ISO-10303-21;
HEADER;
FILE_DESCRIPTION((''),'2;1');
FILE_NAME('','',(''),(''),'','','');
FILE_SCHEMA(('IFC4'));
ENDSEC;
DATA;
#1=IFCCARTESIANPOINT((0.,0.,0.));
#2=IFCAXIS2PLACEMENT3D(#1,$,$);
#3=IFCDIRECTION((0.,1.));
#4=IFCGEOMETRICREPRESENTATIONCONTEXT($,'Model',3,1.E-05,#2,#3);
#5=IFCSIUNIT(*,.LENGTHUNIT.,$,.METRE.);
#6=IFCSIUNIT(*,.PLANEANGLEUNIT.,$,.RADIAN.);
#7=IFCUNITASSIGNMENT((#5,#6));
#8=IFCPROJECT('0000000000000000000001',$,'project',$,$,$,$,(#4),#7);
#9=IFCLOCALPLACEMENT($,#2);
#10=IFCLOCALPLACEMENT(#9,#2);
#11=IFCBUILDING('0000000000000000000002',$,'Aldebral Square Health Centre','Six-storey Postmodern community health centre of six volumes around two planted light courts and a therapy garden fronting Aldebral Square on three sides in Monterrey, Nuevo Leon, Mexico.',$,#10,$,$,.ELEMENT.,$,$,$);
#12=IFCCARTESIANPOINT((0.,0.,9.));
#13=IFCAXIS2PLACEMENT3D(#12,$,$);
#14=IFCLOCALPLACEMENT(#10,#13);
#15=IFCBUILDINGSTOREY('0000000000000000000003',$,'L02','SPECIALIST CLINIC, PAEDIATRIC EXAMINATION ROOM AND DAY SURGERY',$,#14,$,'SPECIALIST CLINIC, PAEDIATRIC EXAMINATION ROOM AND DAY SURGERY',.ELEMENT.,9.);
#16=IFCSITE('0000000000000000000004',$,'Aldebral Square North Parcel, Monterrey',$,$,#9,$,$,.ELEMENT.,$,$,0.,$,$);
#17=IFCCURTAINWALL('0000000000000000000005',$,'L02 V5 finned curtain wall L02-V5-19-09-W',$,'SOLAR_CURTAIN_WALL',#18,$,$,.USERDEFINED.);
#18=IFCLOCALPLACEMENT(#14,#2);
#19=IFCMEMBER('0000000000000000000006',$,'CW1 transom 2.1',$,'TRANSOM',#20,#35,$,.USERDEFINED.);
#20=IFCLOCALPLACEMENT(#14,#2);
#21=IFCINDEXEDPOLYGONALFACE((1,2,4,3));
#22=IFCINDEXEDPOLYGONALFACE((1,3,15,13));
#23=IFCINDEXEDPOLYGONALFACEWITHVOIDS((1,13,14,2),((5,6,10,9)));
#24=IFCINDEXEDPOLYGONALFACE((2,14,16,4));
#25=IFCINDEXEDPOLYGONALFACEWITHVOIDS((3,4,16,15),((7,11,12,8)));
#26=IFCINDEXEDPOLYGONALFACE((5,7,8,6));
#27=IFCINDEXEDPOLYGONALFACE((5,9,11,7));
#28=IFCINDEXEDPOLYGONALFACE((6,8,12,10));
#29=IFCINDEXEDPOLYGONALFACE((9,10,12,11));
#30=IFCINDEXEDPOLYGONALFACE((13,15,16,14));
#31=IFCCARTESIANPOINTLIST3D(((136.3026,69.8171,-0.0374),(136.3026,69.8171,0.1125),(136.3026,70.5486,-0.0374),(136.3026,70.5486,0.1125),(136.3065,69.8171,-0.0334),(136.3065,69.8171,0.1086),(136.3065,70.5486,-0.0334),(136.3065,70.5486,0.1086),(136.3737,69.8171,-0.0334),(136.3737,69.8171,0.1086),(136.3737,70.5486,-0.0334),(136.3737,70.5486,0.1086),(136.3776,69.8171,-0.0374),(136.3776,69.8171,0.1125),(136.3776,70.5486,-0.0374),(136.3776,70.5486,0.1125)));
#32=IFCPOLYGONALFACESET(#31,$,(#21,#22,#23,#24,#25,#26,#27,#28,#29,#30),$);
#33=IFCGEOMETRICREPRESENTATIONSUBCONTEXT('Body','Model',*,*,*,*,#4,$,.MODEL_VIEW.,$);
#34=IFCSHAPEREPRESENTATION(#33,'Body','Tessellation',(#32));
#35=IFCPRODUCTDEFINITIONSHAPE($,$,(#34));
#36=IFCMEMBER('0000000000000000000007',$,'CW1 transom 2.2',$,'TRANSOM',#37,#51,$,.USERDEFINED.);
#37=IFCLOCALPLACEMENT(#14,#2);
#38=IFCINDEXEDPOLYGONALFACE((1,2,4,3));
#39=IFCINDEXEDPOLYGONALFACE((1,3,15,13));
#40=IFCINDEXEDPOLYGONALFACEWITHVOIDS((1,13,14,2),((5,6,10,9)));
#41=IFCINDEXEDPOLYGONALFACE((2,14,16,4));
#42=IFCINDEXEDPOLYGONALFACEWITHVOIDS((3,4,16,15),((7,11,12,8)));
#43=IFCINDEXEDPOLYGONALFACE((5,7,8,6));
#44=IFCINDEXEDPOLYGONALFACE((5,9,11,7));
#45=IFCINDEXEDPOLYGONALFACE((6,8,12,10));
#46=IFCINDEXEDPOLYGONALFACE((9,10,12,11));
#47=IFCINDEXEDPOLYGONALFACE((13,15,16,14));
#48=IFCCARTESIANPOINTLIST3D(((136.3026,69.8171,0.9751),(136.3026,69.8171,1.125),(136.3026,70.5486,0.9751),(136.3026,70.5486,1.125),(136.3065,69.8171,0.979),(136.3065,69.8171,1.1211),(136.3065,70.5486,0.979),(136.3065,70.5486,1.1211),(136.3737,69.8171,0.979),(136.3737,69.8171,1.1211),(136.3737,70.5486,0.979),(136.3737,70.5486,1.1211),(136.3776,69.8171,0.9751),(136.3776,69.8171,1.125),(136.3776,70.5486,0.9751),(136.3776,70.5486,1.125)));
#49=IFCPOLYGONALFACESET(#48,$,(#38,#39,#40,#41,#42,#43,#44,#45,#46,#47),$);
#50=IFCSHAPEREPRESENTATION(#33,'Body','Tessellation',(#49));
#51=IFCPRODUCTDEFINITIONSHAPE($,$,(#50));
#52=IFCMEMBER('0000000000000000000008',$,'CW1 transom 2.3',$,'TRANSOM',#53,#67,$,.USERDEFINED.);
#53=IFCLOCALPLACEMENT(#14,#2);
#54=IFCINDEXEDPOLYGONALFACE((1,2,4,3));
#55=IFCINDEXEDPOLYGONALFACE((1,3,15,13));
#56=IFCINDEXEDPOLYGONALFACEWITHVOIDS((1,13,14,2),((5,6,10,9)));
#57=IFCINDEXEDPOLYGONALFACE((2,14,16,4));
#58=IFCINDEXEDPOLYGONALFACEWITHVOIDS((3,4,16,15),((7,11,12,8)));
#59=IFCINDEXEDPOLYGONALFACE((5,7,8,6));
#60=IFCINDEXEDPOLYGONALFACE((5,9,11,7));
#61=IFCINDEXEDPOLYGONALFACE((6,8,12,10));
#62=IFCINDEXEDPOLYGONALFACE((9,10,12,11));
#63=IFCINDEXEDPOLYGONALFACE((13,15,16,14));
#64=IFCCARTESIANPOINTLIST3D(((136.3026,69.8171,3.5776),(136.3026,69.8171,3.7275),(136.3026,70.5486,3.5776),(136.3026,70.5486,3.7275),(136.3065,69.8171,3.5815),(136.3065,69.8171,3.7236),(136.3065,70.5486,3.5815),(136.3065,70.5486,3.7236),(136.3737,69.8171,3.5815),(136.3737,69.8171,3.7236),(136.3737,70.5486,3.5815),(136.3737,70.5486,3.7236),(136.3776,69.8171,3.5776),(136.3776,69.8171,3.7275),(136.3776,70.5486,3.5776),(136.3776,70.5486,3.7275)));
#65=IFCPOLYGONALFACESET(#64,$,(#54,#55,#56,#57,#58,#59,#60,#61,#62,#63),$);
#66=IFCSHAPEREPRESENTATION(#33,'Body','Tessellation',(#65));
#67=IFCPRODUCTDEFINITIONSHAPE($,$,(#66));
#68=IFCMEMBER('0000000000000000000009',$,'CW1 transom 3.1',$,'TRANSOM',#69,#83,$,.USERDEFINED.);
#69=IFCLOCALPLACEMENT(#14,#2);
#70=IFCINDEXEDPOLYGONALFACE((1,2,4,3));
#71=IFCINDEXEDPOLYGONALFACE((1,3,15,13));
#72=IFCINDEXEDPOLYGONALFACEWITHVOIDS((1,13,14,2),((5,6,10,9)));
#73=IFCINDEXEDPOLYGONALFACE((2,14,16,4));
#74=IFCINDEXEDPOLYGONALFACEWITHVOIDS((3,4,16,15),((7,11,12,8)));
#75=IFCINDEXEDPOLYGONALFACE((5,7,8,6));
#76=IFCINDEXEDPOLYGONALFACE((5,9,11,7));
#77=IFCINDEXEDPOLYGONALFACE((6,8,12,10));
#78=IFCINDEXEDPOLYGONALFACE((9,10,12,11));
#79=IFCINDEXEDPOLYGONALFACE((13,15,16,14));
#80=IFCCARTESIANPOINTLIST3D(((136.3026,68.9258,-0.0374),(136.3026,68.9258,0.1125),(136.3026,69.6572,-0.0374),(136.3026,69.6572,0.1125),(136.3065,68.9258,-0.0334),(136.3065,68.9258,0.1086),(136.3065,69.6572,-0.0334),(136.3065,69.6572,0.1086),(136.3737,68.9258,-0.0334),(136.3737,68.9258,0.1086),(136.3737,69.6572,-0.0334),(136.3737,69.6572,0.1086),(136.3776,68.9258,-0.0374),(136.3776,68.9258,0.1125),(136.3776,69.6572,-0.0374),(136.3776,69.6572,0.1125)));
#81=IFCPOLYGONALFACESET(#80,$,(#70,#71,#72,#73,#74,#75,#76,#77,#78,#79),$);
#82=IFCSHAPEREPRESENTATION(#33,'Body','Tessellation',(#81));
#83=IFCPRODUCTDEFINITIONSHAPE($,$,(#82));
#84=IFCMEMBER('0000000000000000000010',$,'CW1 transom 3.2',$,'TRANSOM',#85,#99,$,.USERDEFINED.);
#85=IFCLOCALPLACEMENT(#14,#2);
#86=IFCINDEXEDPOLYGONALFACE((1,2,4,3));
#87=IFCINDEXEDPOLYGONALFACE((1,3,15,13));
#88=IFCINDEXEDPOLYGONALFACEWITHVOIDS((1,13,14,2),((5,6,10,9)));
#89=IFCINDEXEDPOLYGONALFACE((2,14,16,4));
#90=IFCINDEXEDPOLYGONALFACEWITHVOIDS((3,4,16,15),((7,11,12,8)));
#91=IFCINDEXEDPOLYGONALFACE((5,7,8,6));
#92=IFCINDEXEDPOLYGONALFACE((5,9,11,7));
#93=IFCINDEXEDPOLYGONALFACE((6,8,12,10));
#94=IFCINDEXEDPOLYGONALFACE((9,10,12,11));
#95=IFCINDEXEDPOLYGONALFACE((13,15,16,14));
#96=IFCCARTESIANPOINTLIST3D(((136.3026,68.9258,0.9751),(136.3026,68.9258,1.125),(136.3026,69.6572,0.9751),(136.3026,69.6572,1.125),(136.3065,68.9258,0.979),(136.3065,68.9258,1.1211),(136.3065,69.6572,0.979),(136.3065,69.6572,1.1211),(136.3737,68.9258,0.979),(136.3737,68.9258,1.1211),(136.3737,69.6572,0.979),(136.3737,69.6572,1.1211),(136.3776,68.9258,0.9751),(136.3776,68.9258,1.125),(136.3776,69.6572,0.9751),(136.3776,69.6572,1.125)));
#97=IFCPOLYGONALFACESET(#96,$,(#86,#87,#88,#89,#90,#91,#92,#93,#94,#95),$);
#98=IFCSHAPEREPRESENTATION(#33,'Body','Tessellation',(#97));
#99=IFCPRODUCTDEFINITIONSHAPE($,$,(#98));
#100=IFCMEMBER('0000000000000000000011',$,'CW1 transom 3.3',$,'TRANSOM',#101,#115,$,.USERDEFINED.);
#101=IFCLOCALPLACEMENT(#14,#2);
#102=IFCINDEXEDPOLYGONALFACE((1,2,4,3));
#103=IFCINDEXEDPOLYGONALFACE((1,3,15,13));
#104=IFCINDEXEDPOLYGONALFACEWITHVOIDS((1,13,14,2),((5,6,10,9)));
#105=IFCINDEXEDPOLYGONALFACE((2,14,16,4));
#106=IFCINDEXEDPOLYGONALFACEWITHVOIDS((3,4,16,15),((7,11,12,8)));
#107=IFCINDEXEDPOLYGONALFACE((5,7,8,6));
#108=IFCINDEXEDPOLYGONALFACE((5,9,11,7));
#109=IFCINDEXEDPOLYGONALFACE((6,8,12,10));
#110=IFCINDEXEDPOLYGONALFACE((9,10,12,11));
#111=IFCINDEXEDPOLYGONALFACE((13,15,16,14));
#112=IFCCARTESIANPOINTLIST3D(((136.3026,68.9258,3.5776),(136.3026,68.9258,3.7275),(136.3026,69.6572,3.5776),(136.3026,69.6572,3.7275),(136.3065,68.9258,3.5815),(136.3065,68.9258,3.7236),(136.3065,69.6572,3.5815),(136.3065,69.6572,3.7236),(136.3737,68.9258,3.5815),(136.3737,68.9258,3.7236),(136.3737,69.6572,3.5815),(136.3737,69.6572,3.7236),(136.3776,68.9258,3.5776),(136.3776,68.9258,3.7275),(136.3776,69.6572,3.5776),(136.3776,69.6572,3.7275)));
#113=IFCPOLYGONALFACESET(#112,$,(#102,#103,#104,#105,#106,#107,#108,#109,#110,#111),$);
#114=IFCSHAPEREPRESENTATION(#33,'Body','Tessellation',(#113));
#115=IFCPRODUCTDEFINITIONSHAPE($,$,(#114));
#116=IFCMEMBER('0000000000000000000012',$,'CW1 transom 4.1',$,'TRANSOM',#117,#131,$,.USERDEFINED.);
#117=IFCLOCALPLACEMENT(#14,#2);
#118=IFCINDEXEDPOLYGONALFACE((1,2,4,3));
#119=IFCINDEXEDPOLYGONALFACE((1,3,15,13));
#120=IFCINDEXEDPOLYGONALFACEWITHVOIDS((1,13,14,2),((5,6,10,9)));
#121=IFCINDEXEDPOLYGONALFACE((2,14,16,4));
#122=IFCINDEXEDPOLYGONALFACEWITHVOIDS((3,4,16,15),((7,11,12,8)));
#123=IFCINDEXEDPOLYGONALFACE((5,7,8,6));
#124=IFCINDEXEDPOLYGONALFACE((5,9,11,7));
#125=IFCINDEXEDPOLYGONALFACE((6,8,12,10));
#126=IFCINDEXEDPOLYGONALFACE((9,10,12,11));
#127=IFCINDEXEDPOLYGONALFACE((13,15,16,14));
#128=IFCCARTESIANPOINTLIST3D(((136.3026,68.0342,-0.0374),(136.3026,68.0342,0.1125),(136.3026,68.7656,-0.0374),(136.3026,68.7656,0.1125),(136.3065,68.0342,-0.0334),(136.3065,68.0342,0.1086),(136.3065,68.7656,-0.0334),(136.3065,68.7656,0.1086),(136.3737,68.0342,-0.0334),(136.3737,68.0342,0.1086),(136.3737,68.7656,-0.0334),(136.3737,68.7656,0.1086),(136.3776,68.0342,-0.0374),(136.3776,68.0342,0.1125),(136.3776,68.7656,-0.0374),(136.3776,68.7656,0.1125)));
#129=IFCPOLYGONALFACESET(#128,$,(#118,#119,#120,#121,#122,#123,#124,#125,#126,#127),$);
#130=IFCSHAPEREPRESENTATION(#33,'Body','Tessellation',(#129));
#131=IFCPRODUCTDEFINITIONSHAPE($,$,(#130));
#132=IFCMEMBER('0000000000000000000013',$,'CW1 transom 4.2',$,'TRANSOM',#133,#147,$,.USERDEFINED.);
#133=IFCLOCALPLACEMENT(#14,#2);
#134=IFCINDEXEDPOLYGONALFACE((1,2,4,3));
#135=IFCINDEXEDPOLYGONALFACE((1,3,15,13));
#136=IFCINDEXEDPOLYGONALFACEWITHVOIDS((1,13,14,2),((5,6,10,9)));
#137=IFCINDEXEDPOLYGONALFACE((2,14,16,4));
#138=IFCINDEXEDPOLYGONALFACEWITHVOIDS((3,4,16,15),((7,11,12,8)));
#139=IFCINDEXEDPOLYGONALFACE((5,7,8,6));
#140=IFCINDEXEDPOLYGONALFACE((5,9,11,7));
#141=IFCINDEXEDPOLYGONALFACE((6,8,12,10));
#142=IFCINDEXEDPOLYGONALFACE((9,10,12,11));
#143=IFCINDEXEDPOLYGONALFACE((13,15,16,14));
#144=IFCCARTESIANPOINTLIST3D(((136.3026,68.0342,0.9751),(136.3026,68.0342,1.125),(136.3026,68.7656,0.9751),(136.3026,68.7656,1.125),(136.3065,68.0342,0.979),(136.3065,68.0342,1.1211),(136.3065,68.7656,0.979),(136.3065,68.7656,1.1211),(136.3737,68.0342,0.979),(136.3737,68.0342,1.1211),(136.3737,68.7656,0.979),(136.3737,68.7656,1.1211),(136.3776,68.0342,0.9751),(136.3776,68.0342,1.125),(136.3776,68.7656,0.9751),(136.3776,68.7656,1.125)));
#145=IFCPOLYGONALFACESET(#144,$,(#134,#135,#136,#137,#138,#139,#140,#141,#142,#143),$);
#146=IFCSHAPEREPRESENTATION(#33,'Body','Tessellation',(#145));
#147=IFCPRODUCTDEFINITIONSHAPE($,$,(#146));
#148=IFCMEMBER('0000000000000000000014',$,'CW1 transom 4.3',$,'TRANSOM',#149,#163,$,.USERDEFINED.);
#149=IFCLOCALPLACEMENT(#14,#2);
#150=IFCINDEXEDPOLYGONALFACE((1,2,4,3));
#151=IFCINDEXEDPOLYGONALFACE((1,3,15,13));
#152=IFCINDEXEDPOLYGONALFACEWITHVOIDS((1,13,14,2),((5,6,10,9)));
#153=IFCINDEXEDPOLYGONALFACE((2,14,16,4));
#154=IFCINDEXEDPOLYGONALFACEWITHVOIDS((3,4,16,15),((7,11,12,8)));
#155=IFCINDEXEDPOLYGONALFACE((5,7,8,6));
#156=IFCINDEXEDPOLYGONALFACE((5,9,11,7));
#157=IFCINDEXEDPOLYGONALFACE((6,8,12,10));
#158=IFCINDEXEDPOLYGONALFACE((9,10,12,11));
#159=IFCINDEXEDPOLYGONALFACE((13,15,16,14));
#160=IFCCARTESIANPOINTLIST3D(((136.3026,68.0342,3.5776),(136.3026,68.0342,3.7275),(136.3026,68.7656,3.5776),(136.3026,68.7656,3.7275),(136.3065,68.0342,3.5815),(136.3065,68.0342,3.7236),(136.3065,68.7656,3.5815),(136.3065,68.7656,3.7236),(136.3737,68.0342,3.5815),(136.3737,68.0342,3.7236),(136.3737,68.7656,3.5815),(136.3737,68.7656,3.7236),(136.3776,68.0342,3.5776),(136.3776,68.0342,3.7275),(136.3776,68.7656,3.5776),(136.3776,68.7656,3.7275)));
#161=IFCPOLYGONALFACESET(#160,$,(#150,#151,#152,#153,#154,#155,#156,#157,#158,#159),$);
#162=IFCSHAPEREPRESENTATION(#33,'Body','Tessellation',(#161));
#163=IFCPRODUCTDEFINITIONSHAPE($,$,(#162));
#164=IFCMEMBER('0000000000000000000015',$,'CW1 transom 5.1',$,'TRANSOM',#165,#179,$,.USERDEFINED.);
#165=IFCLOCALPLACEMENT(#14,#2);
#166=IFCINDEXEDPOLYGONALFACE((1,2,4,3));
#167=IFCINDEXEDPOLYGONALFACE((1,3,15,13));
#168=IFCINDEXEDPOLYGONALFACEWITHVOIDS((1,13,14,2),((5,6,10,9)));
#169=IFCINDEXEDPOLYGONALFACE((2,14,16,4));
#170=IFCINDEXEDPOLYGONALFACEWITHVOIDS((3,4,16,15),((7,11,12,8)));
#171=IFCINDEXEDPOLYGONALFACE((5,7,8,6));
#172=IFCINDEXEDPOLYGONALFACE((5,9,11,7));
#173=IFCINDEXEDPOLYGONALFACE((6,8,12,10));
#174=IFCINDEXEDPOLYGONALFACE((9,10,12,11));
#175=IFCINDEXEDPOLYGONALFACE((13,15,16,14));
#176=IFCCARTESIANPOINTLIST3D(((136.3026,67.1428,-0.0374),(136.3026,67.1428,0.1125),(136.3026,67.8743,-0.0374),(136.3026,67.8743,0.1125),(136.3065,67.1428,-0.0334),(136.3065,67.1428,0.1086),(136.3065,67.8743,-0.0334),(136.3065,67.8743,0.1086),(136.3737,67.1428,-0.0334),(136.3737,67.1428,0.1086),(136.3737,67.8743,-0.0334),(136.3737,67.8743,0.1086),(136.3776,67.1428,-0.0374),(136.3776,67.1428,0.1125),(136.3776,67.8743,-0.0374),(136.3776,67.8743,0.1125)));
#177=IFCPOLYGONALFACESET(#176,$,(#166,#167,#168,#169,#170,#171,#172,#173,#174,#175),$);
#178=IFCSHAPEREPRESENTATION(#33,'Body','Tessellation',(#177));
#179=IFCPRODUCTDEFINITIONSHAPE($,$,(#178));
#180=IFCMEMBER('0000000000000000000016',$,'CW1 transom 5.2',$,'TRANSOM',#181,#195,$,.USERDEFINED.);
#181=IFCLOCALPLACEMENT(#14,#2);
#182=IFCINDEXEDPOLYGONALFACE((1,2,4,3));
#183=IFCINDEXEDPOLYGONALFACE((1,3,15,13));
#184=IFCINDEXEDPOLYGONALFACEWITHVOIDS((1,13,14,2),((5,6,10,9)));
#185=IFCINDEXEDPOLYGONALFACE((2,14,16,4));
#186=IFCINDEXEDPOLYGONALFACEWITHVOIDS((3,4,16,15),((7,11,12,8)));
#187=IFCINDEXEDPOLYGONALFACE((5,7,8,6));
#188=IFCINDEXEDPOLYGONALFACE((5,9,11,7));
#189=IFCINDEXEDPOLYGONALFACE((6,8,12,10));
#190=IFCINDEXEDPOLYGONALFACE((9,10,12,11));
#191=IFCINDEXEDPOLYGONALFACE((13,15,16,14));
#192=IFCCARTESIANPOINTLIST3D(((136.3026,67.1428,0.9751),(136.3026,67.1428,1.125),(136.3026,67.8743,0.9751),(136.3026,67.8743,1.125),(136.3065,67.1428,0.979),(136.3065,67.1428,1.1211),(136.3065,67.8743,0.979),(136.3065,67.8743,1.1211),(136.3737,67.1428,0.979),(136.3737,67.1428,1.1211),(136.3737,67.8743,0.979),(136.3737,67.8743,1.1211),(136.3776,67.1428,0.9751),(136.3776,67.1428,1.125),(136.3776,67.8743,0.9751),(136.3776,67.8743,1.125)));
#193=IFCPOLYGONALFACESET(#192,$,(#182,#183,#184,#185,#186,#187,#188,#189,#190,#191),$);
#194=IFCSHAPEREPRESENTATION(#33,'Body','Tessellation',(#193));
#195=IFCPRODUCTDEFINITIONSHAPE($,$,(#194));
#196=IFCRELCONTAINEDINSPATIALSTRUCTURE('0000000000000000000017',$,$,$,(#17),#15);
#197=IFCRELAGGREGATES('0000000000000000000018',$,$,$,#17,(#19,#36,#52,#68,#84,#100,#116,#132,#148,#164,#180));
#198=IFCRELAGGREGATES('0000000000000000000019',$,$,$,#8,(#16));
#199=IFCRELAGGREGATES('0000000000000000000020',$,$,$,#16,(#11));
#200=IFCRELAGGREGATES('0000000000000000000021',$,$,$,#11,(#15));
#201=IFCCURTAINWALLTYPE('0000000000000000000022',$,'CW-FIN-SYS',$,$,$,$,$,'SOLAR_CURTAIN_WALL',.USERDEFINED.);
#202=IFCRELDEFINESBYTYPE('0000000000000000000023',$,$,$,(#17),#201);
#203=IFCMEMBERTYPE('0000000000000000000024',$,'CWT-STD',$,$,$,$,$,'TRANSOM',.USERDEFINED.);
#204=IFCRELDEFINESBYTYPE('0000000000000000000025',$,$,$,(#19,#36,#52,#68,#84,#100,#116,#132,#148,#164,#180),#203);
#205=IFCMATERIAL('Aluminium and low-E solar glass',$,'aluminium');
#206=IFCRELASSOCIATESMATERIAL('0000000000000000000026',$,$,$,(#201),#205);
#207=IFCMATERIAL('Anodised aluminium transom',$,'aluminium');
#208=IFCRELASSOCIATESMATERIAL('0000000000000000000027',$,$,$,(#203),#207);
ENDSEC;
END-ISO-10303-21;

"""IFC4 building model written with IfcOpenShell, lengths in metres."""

from ifc_helpers import new_model, si_unit, direction, frame, origin, origin_2d, place, context, subcontext, project, spatial, hollow_rectangle, extrude, material, material_profile, profile_set, type_object, element, aggregate, save


model = new_model("IFC4")

# Units and contexts
model_context = context("Model", 3, precision=1e-05, world=origin(), true_north=direction((0.0, 1.0)))
body_context = subcontext(model_context, "Body", "Model", "MODEL_VIEW")
ifc_project = project(units=[si_unit("LENGTHUNIT", "METRE"), si_unit("PLANEANGLEUNIT", "RADIAN")], contexts=[model_context])

# Site, building, storey
site_placement = place(None, origin())
site = spatial("IfcSite", under=ifc_project, at=site_placement, Name="Aldebral Square North Parcel, Monterrey", CompositionType="ELEMENT", RefElevation=0.0)
building_placement = place(site_placement, origin())
building = spatial("IfcBuilding", under=site, at=building_placement, Name="Aldebral Square Health Centre", Description="Six-storey Postmodern community health centre of six volumes around two planted light courts and a therapy garden fronting Aldebral Square on three sides in Monterrey, Nuevo Leon, Mexico.", CompositionType="ELEMENT")
storey_placement = place(building_placement, frame((0.0, 0.0, 9.0)))
storey = spatial("IfcBuildingStorey", under=building, at=storey_placement, Name="L02", Description="SPECIALIST CLINIC, PAEDIATRIC EXAMINATION ROOM AND DAY SURGERY", LongName="SPECIALIST CLINIC, PAEDIATRIC EXAMINATION ROOM AND DAY SURGERY", CompositionType="ELEMENT", Elevation=9.0)

# Curtain wall, members
ifc_material_1 = material(Name="Aluminium and low-E solar glass", Category="aluminium")
curtain_wall_type = type_object("IfcCurtainWallType", Name="CW-FIN-SYS", ElementType="SOLAR_CURTAIN_WALL", PredefinedType="USERDEFINED", material=ifc_material_1)
curtain_wall_placement = place(storey_placement, origin())
curtain_wall = element("IfcCurtainWall", 1, at=curtain_wall_placement, inside=storey, type_object=curtain_wall_type, Name="L02 V5 finned curtain wall L02-V5-19-09-W", ObjectType="SOLAR_CURTAIN_WALL", PredefinedType="USERDEFINED")
ifc_material_2 = material(Name="Anodised aluminium transom", Category="aluminium")
ifc_material_profile_1 = material_profile(ifc_material_2, hollow_rectangle(XDim=0.075, YDim=0.1499, WallThickness=0.0039, at=origin_2d()), Name="CWT 75x150x4")
ifc_profile_set_1 = profile_set([ifc_material_profile_1], Name="Anodised aluminium transom")
member_type_1 = type_object("IfcMemberType", Name="CWT-STD", ElementType="TRANSOM", PredefinedType="USERDEFINED", material=ifc_profile_set_1)
member_1_placement = place(storey_placement, frame((136.3401, 70.5486, 0.0376), z_axis=(0.0, -1.0, 0.0), x_axis=(1.0, 0.0, 0.0)))
member_1 = element("IfcMember", 2, at=member_1_placement, type_object=member_type_1, Name="CW1 transom 2.1", ObjectType="TRANSOM", PredefinedType="USERDEFINED", context=body_context, shape_type="SweptSolid", body=[
    extrude(hollow_rectangle(XDim=0.075, YDim=0.1499, WallThickness=0.0039, at=origin_2d()), origin(), (0.0, 0.0, 1.0), 0.7314),
])
member_2_placement = place(storey_placement, frame((136.3401, 70.5486, 1.05), z_axis=(0.0, -1.0, 0.0), x_axis=(1.0, 0.0, 0.0)))
member_2 = element("IfcMember", 3, at=member_2_placement, type_object=member_type_1, Name="CW1 transom 2.2", ObjectType="TRANSOM", PredefinedType="USERDEFINED", context=body_context, shape_type="SweptSolid", body=[
    extrude(hollow_rectangle(XDim=0.075, YDim=0.1499, WallThickness=0.0039, at=origin_2d()), origin(), (0.0, 0.0, 1.0), 0.7314),
])
member_3_placement = place(storey_placement, frame((136.3401, 70.5486, 3.6526), z_axis=(0.0, -1.0, 0.0), x_axis=(1.0, 0.0, 0.0)))
member_3 = element("IfcMember", 4, at=member_3_placement, type_object=member_type_1, Name="CW1 transom 2.3", ObjectType="TRANSOM", PredefinedType="USERDEFINED", context=body_context, shape_type="SweptSolid", body=[
    extrude(hollow_rectangle(XDim=0.075, YDim=0.1499, WallThickness=0.0039, at=origin_2d()), origin(), (0.0, 0.0, 1.0), 0.7314),
])
member_4_placement = place(storey_placement, frame((136.3401, 69.6572, 0.0376), z_axis=(0.0, -1.0, 0.0), x_axis=(1.0, 0.0, 0.0)))
member_4 = element("IfcMember", 5, at=member_4_placement, type_object=member_type_1, Name="CW1 transom 3.1", ObjectType="TRANSOM", PredefinedType="USERDEFINED", context=body_context, shape_type="SweptSolid", body=[
    extrude(hollow_rectangle(XDim=0.075, YDim=0.1499, WallThickness=0.0039, at=origin_2d()), origin(), (0.0, 0.0, 1.0), 0.7314),
])
member_5_placement = place(storey_placement, frame((136.3401, 69.6572, 1.05), z_axis=(0.0, -1.0, 0.0), x_axis=(1.0, 0.0, 0.0)))
member_5 = element("IfcMember", 6, at=member_5_placement, type_object=member_type_1, Name="CW1 transom 3.2", ObjectType="TRANSOM", PredefinedType="USERDEFINED", context=body_context, shape_type="SweptSolid", body=[
    extrude(hollow_rectangle(XDim=0.075, YDim=0.1499, WallThickness=0.0039, at=origin_2d()), origin(), (0.0, 0.0, 1.0), 0.7314),
])
member_6_placement = place(storey_placement, frame((136.3401, 69.6572, 3.6526), z_axis=(0.0, -1.0, 0.0), x_axis=(1.0, 0.0, 0.0)))
member_6 = element("IfcMember", 7, at=member_6_placement, type_object=member_type_1, Name="CW1 transom 3.3", ObjectType="TRANSOM", PredefinedType="USERDEFINED", context=body_context, shape_type="SweptSolid", body=[
    extrude(hollow_rectangle(XDim=0.075, YDim=0.1499, WallThickness=0.0039, at=origin_2d()), origin(), (0.0, 0.0, 1.0), 0.7314),
])
member_7_placement = place(storey_placement, frame((136.3401, 68.7656, 0.0376), z_axis=(0.0, -1.0, 0.0), x_axis=(1.0, 0.0, 0.0)))
member_7 = element("IfcMember", 8, at=member_7_placement, type_object=member_type_1, Name="CW1 transom 4.1", ObjectType="TRANSOM", PredefinedType="USERDEFINED", context=body_context, shape_type="SweptSolid", body=[
    extrude(hollow_rectangle(XDim=0.075, YDim=0.1499, WallThickness=0.0039, at=origin_2d()), origin(), (0.0, 0.0, 1.0), 0.7314),
])
member_8_placement = place(storey_placement, frame((136.3401, 68.7656, 1.05), z_axis=(0.0, -1.0, 0.0), x_axis=(1.0, 0.0, 0.0)))
member_8 = element("IfcMember", 9, at=member_8_placement, type_object=member_type_1, Name="CW1 transom 4.2", ObjectType="TRANSOM", PredefinedType="USERDEFINED", context=body_context, shape_type="SweptSolid", body=[
    extrude(hollow_rectangle(XDim=0.075, YDim=0.1499, WallThickness=0.0039, at=origin_2d()), origin(), (0.0, 0.0, 1.0), 0.7314),
])
member_9_placement = place(storey_placement, frame((136.3401, 68.7656, 3.6526), z_axis=(0.0, -1.0, 0.0), x_axis=(1.0, 0.0, 0.0)))
member_9 = element("IfcMember", 10, at=member_9_placement, type_object=member_type_1, Name="CW1 transom 4.3", ObjectType="TRANSOM", PredefinedType="USERDEFINED", context=body_context, shape_type="SweptSolid", body=[
    extrude(hollow_rectangle(XDim=0.075, YDim=0.1499, WallThickness=0.0039, at=origin_2d()), origin(), (0.0, 0.0, 1.0), 0.7314),
])
member_10_placement = place(storey_placement, frame((136.3401, 67.8743, 0.0376), z_axis=(0.0, -1.0, 0.0), x_axis=(1.0, 0.0, 0.0)))
member_10 = element("IfcMember", 11, at=member_10_placement, type_object=member_type_1, Name="CW1 transom 5.1", ObjectType="TRANSOM", PredefinedType="USERDEFINED", context=body_context, shape_type="SweptSolid", body=[
    extrude(hollow_rectangle(XDim=0.075, YDim=0.1499, WallThickness=0.0039, at=origin_2d()), origin(), (0.0, 0.0, 1.0), 0.7314),
])
member_11_placement = place(storey_placement, frame((136.3401, 67.8743, 1.05), z_axis=(0.0, -1.0, 0.0), x_axis=(1.0, 0.0, 0.0)))
member_11 = element("IfcMember", 12, at=member_11_placement, type_object=member_type_1, Name="CW1 transom 5.2", ObjectType="TRANSOM", PredefinedType="USERDEFINED", context=body_context, shape_type="SweptSolid", body=[
    extrude(hollow_rectangle(XDim=0.075, YDim=0.1499, WallThickness=0.0039, at=origin_2d()), origin(), (0.0, 0.0, 1.0), 0.7314),
])
aggregate(curtain_wall, [member_1, member_2, member_3, member_4, member_5, member_6, member_7, member_8, member_9, member_10, member_11])

save(model, "model.ifc")
